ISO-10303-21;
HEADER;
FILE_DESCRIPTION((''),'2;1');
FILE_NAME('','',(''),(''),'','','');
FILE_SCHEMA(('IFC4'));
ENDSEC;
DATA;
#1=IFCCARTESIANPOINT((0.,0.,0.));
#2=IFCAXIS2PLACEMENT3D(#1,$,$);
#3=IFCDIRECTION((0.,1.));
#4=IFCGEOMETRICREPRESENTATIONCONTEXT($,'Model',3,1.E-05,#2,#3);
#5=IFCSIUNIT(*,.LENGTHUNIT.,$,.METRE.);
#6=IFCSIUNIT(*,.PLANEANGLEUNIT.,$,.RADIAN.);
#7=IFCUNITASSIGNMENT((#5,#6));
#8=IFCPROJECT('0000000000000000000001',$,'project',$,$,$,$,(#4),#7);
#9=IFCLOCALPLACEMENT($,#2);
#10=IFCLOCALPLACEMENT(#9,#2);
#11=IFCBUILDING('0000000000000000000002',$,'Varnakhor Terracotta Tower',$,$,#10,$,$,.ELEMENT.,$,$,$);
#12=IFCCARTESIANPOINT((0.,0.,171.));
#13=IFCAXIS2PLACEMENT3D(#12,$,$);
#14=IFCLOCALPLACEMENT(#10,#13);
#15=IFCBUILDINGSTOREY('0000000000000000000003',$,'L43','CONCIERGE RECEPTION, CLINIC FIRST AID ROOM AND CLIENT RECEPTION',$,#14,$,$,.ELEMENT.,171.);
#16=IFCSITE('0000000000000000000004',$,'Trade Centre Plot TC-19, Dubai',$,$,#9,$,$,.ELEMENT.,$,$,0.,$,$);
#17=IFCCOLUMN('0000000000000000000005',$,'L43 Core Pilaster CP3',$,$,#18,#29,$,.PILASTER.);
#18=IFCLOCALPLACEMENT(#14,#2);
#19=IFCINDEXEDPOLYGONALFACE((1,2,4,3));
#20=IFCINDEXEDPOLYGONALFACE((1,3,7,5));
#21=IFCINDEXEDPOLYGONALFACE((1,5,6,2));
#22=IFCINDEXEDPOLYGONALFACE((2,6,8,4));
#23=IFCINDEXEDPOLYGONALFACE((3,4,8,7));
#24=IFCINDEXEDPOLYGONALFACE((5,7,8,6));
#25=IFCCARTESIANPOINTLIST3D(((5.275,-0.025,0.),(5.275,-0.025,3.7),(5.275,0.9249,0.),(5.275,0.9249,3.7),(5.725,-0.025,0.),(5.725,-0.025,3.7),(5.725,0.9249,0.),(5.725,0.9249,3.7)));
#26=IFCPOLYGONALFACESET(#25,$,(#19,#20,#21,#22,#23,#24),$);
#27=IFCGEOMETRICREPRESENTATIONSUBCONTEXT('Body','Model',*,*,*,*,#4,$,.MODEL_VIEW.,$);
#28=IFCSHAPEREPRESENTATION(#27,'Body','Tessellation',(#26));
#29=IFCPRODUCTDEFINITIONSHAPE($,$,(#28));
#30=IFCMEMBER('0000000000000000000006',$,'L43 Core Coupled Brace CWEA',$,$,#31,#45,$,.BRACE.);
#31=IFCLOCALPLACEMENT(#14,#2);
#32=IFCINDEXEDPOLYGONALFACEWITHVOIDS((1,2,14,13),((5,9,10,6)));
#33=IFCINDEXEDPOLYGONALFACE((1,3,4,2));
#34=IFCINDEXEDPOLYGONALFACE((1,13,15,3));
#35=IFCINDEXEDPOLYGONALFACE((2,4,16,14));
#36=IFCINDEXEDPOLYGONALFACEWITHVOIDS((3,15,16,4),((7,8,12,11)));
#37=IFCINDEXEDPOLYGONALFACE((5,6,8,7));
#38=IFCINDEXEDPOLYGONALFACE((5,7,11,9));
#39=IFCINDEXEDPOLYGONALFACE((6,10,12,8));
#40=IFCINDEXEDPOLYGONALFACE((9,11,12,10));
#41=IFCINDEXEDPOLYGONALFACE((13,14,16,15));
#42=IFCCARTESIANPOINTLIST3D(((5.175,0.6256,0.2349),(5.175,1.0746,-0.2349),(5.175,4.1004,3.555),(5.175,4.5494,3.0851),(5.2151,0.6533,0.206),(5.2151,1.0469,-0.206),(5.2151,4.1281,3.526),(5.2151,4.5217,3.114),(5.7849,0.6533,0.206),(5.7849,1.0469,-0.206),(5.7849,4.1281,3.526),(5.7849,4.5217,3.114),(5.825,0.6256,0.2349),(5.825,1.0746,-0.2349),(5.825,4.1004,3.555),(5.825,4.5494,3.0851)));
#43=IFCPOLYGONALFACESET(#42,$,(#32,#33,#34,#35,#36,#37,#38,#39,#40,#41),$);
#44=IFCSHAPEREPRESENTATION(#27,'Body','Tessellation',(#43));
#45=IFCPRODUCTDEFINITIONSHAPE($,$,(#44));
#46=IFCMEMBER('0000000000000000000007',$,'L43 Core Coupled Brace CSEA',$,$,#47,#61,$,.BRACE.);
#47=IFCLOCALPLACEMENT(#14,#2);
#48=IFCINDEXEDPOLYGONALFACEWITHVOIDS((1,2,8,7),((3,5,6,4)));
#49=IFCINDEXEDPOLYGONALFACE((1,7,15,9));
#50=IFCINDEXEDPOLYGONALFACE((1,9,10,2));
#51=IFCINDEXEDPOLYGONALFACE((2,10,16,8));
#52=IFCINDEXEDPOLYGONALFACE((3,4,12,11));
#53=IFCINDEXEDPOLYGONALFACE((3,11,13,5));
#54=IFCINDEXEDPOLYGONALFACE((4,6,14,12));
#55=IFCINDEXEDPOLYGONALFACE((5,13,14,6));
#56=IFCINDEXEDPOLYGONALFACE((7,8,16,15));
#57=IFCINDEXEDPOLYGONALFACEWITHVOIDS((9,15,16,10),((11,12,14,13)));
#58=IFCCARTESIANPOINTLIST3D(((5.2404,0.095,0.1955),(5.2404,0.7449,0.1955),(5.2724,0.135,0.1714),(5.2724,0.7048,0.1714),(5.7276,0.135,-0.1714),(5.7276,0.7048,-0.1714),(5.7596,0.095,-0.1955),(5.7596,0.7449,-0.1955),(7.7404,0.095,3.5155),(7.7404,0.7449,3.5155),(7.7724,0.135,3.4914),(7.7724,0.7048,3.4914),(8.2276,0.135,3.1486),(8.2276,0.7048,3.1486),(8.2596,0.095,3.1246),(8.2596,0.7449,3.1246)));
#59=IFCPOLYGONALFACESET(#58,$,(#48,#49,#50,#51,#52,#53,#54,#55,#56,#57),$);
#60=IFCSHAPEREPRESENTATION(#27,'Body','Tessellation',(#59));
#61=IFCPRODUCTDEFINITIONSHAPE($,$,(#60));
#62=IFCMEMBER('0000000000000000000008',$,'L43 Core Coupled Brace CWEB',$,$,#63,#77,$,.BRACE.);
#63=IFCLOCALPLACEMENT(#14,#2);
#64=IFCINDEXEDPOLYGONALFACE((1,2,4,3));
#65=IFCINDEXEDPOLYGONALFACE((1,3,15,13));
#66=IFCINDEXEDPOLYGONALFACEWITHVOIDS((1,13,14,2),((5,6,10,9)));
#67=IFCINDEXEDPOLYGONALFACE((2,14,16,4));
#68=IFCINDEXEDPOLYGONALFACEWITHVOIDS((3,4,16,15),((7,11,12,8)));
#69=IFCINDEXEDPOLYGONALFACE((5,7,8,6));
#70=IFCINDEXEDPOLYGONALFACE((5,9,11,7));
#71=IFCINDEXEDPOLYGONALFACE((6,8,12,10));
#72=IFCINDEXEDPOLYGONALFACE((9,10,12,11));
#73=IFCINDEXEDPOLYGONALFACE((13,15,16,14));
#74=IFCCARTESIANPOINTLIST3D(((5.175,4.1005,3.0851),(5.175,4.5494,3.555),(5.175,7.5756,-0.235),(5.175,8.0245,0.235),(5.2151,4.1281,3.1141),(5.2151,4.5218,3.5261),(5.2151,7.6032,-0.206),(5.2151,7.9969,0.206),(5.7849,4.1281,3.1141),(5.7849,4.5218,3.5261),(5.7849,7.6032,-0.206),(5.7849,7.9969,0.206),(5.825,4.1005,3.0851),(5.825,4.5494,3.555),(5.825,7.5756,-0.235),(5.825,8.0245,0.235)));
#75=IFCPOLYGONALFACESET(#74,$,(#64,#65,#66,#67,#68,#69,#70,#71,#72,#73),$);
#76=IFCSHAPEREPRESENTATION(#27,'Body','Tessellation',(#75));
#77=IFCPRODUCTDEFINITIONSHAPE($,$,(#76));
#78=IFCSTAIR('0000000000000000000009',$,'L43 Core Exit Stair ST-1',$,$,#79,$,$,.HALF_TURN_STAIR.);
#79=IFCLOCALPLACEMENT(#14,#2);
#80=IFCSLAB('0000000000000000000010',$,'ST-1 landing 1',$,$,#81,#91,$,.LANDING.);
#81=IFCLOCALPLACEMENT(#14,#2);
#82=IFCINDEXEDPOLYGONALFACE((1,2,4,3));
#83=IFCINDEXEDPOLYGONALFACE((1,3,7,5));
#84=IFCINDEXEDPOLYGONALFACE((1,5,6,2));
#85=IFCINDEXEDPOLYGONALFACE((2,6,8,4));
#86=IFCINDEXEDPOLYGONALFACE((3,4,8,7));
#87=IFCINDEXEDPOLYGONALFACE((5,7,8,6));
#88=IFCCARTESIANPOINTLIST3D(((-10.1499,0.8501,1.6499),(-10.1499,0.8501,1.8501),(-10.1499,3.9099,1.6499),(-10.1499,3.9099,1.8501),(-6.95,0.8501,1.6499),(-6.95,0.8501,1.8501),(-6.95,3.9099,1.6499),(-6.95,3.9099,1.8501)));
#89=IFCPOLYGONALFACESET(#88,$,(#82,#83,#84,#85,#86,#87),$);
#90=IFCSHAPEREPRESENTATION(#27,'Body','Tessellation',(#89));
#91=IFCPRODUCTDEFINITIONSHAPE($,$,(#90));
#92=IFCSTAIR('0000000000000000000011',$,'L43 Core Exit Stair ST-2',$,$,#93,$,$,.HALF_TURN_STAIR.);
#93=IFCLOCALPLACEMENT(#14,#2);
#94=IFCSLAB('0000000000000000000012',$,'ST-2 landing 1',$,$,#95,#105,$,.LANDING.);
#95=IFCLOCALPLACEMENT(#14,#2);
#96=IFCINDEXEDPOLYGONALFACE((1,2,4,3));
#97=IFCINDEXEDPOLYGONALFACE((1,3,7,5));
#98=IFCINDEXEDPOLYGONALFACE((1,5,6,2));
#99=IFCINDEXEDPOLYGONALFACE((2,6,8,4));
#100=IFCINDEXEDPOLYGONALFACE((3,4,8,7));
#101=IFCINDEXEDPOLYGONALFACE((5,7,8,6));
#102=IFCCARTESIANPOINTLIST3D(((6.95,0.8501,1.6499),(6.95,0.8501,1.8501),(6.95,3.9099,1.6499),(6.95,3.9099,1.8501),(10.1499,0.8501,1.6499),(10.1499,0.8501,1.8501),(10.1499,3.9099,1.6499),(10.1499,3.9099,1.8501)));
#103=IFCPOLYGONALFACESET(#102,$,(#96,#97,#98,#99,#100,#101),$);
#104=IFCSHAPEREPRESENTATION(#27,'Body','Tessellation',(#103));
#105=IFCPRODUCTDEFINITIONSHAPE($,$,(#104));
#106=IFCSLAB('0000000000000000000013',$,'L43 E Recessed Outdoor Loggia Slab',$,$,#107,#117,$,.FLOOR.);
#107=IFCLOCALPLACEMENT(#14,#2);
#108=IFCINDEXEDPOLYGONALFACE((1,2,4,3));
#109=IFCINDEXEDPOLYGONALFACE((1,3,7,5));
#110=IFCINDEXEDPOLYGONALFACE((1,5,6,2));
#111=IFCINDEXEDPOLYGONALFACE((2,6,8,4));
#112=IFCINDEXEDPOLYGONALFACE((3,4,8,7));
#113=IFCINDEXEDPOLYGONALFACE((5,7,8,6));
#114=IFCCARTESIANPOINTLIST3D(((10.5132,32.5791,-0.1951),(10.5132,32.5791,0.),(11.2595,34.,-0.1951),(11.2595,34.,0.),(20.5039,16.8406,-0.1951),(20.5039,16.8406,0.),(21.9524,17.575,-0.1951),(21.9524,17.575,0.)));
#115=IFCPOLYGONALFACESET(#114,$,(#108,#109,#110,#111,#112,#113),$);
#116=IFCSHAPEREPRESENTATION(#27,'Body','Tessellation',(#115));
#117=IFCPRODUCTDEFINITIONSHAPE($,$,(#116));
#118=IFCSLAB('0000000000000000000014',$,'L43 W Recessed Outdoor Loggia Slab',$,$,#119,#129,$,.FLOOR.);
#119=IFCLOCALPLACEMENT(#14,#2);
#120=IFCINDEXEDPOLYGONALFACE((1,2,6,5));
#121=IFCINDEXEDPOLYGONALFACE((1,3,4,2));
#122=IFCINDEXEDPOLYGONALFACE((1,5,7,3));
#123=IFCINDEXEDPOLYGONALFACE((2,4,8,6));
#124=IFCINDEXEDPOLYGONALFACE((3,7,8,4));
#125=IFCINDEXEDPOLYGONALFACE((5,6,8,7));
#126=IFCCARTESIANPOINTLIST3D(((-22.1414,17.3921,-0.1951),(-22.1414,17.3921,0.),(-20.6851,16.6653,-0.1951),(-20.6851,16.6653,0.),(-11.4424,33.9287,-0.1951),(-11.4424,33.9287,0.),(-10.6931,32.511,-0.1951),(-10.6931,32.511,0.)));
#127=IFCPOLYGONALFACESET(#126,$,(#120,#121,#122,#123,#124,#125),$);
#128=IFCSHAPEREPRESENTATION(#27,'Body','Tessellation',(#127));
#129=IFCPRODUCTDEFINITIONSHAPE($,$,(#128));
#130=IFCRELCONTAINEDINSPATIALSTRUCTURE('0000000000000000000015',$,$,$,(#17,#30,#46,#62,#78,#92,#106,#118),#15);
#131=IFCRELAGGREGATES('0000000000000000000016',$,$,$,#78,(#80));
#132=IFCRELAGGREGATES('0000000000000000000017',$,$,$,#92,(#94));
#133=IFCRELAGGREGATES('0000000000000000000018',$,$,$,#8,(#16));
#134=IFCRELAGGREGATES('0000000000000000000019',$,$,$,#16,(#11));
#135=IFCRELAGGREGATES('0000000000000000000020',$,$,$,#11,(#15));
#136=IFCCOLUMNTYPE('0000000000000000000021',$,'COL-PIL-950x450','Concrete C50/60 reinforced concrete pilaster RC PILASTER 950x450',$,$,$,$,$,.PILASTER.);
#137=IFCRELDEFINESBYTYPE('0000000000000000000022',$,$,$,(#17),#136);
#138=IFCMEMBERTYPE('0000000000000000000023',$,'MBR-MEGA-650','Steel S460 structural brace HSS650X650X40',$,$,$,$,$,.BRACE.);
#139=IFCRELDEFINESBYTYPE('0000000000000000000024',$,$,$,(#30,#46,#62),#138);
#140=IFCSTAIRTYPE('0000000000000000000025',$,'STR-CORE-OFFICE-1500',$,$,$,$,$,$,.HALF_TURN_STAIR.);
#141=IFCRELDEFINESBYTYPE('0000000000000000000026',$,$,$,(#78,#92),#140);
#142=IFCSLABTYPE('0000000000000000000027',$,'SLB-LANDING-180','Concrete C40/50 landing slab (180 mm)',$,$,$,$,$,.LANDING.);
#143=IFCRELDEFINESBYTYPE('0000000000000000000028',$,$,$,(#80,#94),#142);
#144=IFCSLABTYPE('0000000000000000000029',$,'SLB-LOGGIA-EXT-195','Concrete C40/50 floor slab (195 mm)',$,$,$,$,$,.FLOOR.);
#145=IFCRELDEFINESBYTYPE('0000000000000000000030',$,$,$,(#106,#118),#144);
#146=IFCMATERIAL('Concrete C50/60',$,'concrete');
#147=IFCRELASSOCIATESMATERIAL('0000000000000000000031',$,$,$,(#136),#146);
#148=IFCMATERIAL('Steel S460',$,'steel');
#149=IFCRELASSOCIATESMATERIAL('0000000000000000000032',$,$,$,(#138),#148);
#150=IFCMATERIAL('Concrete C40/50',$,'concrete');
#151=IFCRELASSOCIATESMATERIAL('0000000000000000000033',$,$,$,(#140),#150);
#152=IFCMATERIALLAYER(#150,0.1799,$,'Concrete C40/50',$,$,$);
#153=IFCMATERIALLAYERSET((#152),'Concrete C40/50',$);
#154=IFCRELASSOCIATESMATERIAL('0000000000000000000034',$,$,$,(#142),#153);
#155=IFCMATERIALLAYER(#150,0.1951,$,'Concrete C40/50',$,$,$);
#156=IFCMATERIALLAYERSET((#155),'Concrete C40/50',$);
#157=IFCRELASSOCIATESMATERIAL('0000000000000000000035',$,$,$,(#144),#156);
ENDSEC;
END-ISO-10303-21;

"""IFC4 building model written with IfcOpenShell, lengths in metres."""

from ifc_helpers import new_model, si_unit, direction, frame, origin, origin_2d, place, context, subcontext, project, spatial, polyline, rectangle, hollow_rectangle, outline, extrude, source, transform, mapped, material, layer, layer_set, material_profile, profile_set, type_object, element, aggregate, save


model = new_model("IFC4")

# Units and contexts
model_context = context("Model", 3, precision=1e-05, world=origin(), true_north=direction((0.0, 1.0)))
body_context = subcontext(model_context, "Body", "Model", "MODEL_VIEW")
ifc_project = project(units=[si_unit("LENGTHUNIT", "METRE"), si_unit("PLANEANGLEUNIT", "RADIAN")], contexts=[model_context])

# Site, building, storey
site_placement = place(None, origin())
site = spatial("IfcSite", under=ifc_project, at=site_placement, Name="Trade Centre Plot TC-19, Dubai", CompositionType="ELEMENT", RefElevation=0.0)
building_placement = place(site_placement, origin())
building = spatial("IfcBuilding", under=site, at=building_placement, Name="Varnakhor Terracotta Tower", CompositionType="ELEMENT")
storey_placement = place(building_placement, frame((0.0, 0.0, 171.0)))
storey = spatial("IfcBuildingStorey", under=building, at=storey_placement, Name="L43", Description="CONCIERGE RECEPTION, CLINIC FIRST AID ROOM AND CLIENT RECEPTION", CompositionType="ELEMENT", Elevation=171.0)

# Column
ifc_material_1 = material(Name="Concrete C50/60", Category="concrete")
ifc_material_profile_1 = material_profile(ifc_material_1, rectangle(XDim=0.45, YDim=0.95, at=origin_2d()), Name="RC PILASTER 950x450")
ifc_profile_set_1 = profile_set([ifc_material_profile_1], Name="Concrete C50/60")
column_type = type_object("IfcColumnType", Name="COL-PIL-950x450", Description="Concrete C50/60 reinforced concrete pilaster RC PILASTER 950x450", PredefinedType="PILASTER", material=ifc_profile_set_1)
shared_shape_1 = source(origin(), body_context, "Body", "SweptSolid", [
    extrude(rectangle(XDim=0.45, YDim=0.95, at=origin_2d()), origin(), (0.0, 0.0, 1.0), 3.7),
])
column_placement = place(storey_placement, frame((5.5, 0.45, 0.0), z_axis=(0.0, 0.0, 1.0), x_axis=(1.0, 0.0, 0.0)))
element("IfcColumn", 1, at=column_placement, inside=storey, type_object=column_type, Name="L43 Core Pilaster CP3", PredefinedType="PILASTER", context=body_context, shape_type="MappedRepresentation", body=[
    mapped(shared_shape_1, transform((0.0, 0.0, 0.0), scale=1.0)),
])

# Members
ifc_material_2 = material(Name="Steel S460", Category="steel")
ifc_material_profile_2 = material_profile(ifc_material_2, hollow_rectangle(XDim=0.6499, YDim=0.6499, WallThickness=0.04, at=origin_2d()), Name="HSS650X650X40")
ifc_profile_set_2 = profile_set([ifc_material_profile_2], Name="Steel S460")
member_type = type_object("IfcMemberType", Name="MBR-MEGA-650", Description="Steel S460 structural brace HSS650X650X40", PredefinedType="BRACE", material=ifc_profile_set_2)
shared_shape_2 = source(origin(), body_context, "Body", "SweptSolid", [
    extrude(hollow_rectangle(XDim=0.6499, YDim=0.6499, WallThickness=0.04, at=origin_2d()), origin(), (0.0, 0.0, 1.0), 4.8059),
])
member_1_placement = place(storey_placement, frame((5.5, 0.8501, 0.0), z_axis=(0.0, 0.723027, 0.69082), x_axis=(-1.0, 0.0, 0.0)))
element("IfcMember", 2, at=member_1_placement, inside=storey, type_object=member_type, Name="L43 Core Coupled Brace CWEA", PredefinedType="BRACE", context=body_context, shape_type="MappedRepresentation", body=[
    mapped(shared_shape_2, transform((0.0, 0.0, 0.0), scale=1.0)),
])
shared_shape_3 = source(origin(), body_context, "Body", "SweptSolid", [
    extrude(hollow_rectangle(XDim=0.6499, YDim=0.6499, WallThickness=0.04, at=origin_2d()), origin(), (0.0, 0.0, 1.0), 4.156),
])
member_2_placement = place(storey_placement, frame((5.5, 0.4199, 0.0), z_axis=(0.601531, 0.0, 0.79885), x_axis=(0.0, 1.0, 0.0)))
element("IfcMember", 3, at=member_2_placement, inside=storey, type_object=member_type, Name="L43 Core Coupled Brace CSEA", PredefinedType="BRACE", context=body_context, shape_type="MappedRepresentation", body=[
    mapped(shared_shape_3, transform((0.0, 0.0, 0.0), scale=1.0)),
])
shared_shape_4 = source(origin(), body_context, "Body", "SweptSolid", [
    extrude(hollow_rectangle(XDim=0.6499, YDim=0.6499, WallThickness=0.04, at=origin_2d()), origin(), (0.0, 0.0, 1.0), 4.8062),
])
member_3_placement = place(storey_placement, frame((5.5, 7.8, 0.0), z_axis=(0.0, -0.723051, 0.690795), x_axis=(1.0, 0.0, 0.0)))
element("IfcMember", 4, at=member_3_placement, inside=storey, type_object=member_type, Name="L43 Core Coupled Brace CWEB", PredefinedType="BRACE", context=body_context, shape_type="MappedRepresentation", body=[
    mapped(shared_shape_4, transform((0.0, 0.0, 0.0), scale=1.0)),
])

# Stairs, slabs
ifc_material_3 = material(Name="Concrete C40/50", Category="concrete")
stair_type = type_object("IfcStairType", Name="STR-CORE-OFFICE-1500", PredefinedType="HALF_TURN_STAIR", material=ifc_material_3)
stair_1_placement = place(storey_placement, origin())
stair_1 = element("IfcStair", 5, at=stair_1_placement, inside=storey, type_object=stair_type, Name="L43 Core Exit Stair ST-1", PredefinedType="HALF_TURN_STAIR")
ifc_layer_1 = layer(ifc_material_3, 0.1799, Name="Concrete C40/50")
ifc_layer_set_1 = layer_set([ifc_layer_1], Name="Concrete C40/50")
slab_type_1 = type_object("IfcSlabType", Name="SLB-LANDING-180", Description="Concrete C40/50 landing slab (180 mm)", PredefinedType="LANDING", material=ifc_layer_set_1)
slab_1_placement = place(storey_placement, frame((0.0, 0.0, 1.6499)))
slab_1 = element("IfcSlab", 6, at=slab_1_placement, type_object=slab_type_1, Name="ST-1 landing 1", PredefinedType="LANDING", context=body_context, shape_type="SweptSolid", body=[
    extrude(outline(polyline([(-10.1499, 3.9099), (-10.1499, 0.8501), (-6.95, 0.8501), (-6.95, 3.9099), (-10.1499, 3.9099)])), origin(), (0.0, 0.0, 1.0), 0.2002),
])
aggregate(stair_1, [slab_1])
stair_2_placement = place(storey_placement, origin())
stair_2 = element("IfcStair", 7, at=stair_2_placement, inside=storey, type_object=stair_type, Name="L43 Core Exit Stair ST-2", PredefinedType="HALF_TURN_STAIR")
slab_2_placement = place(storey_placement, frame((0.0, 0.0, 1.6499)))
slab_2 = element("IfcSlab", 8, at=slab_2_placement, type_object=slab_type_1, Name="ST-2 landing 1", PredefinedType="LANDING", context=body_context, shape_type="SweptSolid", body=[
    extrude(outline(polyline([(6.95, 3.9099), (6.95, 0.8501), (10.1499, 0.8501), (10.1499, 3.9099), (6.95, 3.9099)])), origin(), (0.0, 0.0, 1.0), 0.2002),
])

# Slabs
ifc_layer_2 = layer(ifc_material_3, 0.1951, Name="Concrete C40/50")
ifc_layer_set_2 = layer_set([ifc_layer_2], Name="Concrete C40/50")
slab_type_2 = type_object("IfcSlabType", Name="SLB-LOGGIA-EXT-195", Description="Concrete C40/50 floor slab (195 mm)", PredefinedType="FLOOR", material=ifc_layer_set_2)
slab_3_placement = place(storey_placement, frame((0.0, 0.0, -0.1951)))
element("IfcSlab", 9, at=slab_3_placement, inside=storey, type_object=slab_type_2, Name="L43 E Recessed Outdoor Loggia Slab", PredefinedType="FLOOR", context=body_context, shape_type="SweptSolid", body=[
    extrude(outline(polyline([(11.2595, 34.0), (21.9524, 17.575), (20.5039, 16.8406), (10.5132, 32.5791), (11.2595, 34.0)])), origin(), (0.0, 0.0, 1.0), 0.1951),
])
slab_4_placement = place(storey_placement, frame((0.0, 0.0, -0.1951)))
element("IfcSlab", 10, at=slab_4_placement, inside=storey, type_object=slab_type_2, Name="L43 W Recessed Outdoor Loggia Slab", PredefinedType="FLOOR", context=body_context, shape_type="SweptSolid", body=[
    extrude(outline(polyline([(-22.1414, 17.3921), (-11.4424, 33.9287), (-10.6931, 32.511), (-20.6851, 16.6653), (-22.1414, 17.3921)])), origin(), (0.0, 0.0, 1.0), 0.1951),
])

aggregate(stair_2, [slab_2])

save(model, "model.ifc")
